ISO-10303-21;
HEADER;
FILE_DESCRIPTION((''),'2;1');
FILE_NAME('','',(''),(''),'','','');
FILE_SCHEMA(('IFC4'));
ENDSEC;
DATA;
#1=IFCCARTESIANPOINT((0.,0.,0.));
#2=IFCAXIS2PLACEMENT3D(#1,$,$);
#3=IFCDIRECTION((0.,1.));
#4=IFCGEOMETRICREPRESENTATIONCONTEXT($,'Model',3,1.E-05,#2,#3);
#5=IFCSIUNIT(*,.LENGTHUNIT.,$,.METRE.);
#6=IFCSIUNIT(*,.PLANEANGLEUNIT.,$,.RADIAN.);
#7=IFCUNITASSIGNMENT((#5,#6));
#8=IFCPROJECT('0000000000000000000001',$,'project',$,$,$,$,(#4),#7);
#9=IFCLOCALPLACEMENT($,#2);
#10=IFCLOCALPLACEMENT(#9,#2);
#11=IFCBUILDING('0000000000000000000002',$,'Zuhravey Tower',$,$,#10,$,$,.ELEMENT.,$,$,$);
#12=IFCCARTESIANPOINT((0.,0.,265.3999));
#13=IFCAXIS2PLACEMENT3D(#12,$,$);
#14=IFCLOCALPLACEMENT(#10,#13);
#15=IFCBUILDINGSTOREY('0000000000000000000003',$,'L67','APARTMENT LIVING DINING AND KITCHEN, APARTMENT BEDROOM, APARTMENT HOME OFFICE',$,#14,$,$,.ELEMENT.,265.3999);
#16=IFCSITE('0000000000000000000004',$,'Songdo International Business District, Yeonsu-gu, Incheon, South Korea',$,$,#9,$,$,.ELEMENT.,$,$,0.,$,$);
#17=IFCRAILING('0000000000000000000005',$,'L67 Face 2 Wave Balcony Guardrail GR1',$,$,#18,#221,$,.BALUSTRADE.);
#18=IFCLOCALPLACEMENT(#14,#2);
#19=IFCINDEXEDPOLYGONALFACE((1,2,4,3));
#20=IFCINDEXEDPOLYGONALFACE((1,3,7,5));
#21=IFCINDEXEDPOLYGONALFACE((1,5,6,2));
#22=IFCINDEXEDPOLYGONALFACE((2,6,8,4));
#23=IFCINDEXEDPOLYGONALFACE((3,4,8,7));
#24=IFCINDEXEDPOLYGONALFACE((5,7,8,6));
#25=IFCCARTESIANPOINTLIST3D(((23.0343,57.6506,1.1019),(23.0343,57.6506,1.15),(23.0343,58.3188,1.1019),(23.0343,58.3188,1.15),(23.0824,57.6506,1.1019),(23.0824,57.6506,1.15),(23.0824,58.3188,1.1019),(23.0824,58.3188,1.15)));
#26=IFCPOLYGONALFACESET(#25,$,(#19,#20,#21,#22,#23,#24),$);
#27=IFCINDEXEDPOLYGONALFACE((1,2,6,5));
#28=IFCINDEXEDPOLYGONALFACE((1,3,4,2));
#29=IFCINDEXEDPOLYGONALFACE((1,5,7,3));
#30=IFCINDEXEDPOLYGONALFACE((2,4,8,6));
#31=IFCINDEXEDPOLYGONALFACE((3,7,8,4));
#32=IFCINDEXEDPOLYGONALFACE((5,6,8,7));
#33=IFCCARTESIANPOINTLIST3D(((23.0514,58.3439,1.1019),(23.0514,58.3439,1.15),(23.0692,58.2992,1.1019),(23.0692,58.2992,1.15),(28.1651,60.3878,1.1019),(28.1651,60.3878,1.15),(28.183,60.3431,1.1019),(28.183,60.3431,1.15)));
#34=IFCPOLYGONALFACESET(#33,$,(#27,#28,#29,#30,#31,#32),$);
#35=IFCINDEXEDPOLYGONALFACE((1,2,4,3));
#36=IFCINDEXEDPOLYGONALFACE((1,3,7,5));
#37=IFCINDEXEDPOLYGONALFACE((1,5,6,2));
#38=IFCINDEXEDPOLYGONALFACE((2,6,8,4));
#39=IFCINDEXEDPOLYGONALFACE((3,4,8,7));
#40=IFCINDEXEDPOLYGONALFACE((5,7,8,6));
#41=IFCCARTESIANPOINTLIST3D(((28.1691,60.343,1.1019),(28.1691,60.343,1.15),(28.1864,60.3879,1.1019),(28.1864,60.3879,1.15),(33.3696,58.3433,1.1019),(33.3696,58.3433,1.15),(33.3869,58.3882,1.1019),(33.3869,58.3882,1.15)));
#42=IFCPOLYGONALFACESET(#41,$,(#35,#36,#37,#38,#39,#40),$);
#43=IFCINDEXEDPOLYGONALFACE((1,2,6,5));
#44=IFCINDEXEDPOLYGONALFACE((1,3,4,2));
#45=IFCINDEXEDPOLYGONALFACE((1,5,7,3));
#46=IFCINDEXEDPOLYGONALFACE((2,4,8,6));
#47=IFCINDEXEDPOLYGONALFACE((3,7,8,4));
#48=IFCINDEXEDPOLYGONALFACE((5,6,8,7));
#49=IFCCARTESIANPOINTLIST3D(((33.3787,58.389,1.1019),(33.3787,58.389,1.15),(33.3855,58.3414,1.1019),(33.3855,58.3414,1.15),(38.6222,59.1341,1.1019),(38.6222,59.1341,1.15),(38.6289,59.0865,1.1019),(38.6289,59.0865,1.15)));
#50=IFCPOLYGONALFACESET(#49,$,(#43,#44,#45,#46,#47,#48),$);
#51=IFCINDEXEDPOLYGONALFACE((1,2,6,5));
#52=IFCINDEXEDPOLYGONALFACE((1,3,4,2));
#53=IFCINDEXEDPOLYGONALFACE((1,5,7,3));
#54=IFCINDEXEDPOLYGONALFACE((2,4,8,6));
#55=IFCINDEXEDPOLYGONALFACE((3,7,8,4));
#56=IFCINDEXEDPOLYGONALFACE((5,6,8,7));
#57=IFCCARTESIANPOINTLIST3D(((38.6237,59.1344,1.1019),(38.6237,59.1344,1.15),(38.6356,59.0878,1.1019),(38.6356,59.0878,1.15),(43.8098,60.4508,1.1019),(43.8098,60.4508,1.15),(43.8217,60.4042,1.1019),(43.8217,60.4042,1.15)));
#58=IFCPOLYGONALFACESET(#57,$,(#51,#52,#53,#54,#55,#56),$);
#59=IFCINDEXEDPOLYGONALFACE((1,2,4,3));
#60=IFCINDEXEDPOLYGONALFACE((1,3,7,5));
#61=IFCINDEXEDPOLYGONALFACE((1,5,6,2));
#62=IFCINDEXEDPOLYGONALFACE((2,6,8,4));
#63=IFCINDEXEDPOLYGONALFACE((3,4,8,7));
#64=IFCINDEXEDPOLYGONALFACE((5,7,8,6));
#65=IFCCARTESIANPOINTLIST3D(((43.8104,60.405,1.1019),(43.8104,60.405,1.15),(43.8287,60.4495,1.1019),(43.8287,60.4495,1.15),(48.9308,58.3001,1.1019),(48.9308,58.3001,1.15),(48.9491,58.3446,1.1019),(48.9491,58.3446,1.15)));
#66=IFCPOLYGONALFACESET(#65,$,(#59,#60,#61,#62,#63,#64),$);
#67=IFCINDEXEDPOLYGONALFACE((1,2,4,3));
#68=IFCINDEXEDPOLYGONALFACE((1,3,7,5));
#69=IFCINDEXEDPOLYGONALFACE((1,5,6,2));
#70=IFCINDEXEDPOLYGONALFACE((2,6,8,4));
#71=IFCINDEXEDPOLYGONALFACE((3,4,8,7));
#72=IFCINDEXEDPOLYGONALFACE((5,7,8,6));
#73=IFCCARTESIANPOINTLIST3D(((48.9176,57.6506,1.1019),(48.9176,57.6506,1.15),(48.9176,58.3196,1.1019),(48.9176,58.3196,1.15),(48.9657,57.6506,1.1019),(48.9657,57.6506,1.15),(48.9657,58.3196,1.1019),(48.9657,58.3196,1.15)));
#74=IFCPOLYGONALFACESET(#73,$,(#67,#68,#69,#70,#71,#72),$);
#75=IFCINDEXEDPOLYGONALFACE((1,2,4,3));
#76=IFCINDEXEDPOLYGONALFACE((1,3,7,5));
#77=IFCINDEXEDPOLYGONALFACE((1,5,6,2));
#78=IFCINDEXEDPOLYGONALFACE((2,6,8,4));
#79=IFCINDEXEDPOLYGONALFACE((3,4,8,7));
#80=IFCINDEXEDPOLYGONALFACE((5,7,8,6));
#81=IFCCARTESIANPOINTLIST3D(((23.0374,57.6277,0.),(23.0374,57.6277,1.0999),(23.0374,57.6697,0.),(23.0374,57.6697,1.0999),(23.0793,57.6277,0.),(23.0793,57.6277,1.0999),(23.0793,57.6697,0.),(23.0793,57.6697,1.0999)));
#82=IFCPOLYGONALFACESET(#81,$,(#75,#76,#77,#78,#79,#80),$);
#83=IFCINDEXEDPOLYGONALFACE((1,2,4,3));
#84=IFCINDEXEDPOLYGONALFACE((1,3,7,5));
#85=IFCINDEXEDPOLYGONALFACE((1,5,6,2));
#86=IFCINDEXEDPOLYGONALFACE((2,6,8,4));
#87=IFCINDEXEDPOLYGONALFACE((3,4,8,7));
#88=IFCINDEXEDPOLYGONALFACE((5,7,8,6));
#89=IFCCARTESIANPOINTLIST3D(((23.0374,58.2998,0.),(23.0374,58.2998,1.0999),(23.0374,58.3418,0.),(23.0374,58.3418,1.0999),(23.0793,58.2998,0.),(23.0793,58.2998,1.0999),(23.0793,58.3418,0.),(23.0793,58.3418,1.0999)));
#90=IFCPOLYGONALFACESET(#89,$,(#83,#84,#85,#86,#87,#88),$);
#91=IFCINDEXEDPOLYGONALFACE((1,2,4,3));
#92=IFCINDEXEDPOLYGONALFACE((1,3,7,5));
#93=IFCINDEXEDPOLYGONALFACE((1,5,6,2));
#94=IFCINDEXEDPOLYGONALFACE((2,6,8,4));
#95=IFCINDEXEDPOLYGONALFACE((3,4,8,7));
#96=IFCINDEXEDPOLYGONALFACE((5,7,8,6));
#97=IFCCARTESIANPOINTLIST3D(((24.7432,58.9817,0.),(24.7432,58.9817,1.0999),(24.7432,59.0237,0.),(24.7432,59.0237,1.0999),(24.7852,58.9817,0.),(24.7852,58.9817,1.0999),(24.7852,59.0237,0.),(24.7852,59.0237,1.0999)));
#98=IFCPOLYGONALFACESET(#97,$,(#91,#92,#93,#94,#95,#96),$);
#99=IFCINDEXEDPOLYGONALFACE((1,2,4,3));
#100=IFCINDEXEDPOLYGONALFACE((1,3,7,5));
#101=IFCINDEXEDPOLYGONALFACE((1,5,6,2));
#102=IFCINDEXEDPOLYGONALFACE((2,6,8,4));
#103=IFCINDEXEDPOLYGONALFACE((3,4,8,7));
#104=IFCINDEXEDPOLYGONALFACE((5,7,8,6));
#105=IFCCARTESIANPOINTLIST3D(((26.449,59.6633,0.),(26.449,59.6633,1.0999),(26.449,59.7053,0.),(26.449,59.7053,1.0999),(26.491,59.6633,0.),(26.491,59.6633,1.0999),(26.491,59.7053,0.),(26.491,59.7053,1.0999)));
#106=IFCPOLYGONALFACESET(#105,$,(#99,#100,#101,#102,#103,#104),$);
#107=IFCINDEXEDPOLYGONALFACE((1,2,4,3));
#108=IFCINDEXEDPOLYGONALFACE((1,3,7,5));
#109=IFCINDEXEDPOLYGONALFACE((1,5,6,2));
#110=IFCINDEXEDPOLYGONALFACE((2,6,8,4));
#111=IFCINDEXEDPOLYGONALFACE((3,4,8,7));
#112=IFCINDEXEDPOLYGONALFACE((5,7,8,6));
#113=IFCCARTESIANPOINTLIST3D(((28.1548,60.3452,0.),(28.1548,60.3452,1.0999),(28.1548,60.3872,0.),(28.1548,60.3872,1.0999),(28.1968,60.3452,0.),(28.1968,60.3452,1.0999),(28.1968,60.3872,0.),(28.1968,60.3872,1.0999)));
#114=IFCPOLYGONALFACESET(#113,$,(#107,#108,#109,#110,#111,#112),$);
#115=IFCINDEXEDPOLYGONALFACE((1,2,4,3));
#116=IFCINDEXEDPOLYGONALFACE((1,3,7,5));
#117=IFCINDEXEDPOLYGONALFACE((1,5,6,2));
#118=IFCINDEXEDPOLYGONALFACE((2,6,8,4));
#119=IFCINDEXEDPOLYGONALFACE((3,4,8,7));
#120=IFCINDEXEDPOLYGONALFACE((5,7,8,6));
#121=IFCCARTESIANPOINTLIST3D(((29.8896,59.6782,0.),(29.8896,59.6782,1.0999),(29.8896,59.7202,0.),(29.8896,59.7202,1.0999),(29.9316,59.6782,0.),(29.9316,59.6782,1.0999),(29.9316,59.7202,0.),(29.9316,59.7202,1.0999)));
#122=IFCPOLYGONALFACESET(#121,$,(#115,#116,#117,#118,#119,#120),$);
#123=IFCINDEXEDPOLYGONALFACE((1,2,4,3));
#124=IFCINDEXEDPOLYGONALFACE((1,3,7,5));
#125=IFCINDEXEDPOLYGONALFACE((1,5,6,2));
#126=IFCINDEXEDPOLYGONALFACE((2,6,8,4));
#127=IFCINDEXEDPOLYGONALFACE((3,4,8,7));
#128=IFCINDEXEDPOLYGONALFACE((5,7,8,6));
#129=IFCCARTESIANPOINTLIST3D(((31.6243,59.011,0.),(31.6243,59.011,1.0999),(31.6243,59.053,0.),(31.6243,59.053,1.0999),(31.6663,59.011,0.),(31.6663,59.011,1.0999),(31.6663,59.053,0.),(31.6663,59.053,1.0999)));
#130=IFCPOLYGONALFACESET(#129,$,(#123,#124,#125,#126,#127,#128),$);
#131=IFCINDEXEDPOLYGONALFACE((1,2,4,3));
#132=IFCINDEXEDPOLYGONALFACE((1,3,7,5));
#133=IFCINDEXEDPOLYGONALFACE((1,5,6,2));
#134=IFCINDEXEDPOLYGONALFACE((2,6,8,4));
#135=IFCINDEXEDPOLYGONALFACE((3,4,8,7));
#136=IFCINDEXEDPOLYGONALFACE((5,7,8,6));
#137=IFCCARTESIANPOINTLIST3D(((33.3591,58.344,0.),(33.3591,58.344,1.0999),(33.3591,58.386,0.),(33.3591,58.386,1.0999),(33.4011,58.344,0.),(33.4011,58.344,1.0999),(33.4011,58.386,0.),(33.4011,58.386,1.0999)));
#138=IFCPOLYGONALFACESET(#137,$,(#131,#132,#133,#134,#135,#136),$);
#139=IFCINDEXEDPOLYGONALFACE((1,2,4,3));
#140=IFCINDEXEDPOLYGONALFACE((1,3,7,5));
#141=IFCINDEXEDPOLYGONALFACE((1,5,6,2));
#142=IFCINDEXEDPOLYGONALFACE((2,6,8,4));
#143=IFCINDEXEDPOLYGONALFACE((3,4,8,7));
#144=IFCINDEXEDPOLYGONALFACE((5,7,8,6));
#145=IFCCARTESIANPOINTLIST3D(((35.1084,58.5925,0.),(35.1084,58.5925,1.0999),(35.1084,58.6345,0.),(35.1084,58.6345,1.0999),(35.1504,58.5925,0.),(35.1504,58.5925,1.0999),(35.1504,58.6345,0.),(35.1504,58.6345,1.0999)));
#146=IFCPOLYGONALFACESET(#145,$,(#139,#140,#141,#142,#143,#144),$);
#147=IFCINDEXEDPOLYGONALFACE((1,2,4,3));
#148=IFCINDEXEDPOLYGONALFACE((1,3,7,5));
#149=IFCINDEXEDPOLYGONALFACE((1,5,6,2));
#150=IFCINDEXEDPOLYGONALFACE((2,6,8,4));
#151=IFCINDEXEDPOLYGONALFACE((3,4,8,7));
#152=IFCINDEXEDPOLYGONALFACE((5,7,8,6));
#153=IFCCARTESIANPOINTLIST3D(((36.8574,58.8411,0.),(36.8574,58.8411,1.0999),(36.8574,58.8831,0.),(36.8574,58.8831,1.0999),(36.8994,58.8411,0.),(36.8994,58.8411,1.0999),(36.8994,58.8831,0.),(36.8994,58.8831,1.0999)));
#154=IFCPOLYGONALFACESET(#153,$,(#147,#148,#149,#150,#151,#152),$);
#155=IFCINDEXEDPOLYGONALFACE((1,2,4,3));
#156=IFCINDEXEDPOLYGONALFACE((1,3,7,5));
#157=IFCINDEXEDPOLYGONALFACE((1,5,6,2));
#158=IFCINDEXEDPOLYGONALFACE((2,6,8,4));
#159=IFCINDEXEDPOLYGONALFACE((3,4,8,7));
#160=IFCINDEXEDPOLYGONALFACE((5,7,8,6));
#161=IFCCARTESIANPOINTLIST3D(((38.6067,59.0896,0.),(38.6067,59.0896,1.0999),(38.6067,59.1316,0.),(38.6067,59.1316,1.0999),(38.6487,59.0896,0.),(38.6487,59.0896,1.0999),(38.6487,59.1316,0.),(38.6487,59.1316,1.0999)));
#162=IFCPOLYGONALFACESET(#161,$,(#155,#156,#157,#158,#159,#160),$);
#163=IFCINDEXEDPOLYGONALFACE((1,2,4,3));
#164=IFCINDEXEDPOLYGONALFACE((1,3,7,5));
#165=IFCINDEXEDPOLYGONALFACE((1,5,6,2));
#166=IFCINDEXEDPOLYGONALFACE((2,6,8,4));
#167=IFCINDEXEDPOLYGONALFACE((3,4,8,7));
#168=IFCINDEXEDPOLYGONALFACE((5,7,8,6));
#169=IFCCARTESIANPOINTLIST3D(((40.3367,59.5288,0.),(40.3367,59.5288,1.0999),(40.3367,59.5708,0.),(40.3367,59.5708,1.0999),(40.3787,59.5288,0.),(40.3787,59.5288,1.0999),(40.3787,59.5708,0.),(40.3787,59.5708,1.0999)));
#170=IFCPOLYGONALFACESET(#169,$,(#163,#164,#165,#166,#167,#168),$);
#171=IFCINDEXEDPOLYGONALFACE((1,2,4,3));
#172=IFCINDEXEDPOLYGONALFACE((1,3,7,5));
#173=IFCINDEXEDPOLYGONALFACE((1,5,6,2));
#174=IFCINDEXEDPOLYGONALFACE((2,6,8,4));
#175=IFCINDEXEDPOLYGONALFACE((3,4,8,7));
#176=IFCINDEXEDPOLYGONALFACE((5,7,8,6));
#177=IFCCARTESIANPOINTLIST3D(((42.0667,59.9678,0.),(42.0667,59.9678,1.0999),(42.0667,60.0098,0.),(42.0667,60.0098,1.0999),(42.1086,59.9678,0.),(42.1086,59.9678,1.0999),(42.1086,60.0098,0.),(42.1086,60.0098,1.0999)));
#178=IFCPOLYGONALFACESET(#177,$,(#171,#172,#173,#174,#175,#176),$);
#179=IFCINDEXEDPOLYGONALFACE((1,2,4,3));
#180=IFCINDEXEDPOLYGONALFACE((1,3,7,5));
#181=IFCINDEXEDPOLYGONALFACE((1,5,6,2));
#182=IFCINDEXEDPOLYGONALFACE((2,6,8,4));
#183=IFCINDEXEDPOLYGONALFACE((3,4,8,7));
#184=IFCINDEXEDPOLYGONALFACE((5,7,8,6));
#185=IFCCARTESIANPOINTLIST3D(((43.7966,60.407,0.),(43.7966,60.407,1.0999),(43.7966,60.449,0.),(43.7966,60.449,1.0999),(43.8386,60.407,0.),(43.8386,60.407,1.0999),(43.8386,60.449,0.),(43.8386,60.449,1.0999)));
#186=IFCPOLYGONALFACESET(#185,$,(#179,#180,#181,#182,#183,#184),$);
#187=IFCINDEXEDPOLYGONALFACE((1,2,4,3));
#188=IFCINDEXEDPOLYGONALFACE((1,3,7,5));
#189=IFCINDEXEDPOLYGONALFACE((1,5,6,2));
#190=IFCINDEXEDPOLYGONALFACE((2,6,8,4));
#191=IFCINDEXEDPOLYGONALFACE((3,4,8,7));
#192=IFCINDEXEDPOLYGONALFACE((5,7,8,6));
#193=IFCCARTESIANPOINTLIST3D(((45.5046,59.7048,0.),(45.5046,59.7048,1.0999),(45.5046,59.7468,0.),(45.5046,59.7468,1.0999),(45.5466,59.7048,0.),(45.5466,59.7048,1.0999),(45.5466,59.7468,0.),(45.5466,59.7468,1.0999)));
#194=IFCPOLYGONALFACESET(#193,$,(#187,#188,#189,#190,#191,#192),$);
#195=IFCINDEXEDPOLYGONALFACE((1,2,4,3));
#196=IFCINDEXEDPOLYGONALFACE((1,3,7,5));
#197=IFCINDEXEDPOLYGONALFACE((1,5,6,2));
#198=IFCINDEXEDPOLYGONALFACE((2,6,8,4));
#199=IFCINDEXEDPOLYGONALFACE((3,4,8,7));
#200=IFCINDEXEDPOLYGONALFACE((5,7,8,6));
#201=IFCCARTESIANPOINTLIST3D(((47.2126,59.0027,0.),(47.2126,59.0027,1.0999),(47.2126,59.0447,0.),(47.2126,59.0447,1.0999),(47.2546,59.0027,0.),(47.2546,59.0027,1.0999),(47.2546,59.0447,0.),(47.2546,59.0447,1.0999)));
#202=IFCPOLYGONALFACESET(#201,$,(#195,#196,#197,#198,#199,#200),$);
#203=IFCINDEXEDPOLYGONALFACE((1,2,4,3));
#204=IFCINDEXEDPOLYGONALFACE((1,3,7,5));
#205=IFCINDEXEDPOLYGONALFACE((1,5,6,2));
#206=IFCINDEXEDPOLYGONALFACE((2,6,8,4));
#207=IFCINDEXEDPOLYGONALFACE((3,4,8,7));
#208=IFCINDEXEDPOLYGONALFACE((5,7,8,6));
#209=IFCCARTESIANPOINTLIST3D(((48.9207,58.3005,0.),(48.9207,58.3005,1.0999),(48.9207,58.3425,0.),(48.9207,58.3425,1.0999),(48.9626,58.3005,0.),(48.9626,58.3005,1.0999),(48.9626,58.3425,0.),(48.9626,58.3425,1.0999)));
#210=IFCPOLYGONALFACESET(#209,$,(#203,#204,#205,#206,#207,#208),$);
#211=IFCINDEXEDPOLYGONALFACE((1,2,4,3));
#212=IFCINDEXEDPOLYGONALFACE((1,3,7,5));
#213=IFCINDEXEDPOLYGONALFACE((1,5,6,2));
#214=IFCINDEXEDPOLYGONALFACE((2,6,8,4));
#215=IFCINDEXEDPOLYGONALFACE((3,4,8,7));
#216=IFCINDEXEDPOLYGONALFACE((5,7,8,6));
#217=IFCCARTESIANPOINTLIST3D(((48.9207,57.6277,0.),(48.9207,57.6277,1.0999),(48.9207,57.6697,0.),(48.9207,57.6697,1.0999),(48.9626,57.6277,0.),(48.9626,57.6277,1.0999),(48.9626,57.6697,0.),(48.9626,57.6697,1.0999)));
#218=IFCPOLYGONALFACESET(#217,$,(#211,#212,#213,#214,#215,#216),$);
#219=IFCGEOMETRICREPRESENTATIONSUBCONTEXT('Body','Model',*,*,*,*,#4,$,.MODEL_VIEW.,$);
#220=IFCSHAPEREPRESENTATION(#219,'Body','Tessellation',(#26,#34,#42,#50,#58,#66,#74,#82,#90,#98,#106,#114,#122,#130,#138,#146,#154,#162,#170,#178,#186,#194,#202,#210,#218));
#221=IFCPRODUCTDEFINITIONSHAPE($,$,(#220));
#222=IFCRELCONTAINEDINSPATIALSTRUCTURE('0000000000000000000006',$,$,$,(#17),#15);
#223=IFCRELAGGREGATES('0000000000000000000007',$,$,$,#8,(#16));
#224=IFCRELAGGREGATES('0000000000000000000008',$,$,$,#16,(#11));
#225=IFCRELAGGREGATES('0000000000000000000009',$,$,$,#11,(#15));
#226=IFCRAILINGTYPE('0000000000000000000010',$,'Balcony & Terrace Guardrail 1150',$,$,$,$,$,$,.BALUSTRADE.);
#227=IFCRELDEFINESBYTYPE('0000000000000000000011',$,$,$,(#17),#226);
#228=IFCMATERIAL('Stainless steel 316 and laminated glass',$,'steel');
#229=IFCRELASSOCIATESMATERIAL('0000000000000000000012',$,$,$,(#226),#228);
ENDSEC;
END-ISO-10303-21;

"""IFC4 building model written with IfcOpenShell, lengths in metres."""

from ifc_helpers import new_model, si_unit, direction, frame, origin, origin_2d, place, context, subcontext, project, spatial, rectangle, extrude, material, type_object, element, save


model = new_model("IFC4")

# Units and contexts
model_context = context("Model", 3, precision=1e-05, world=origin(), true_north=direction((0.0, 1.0)))
body_context = subcontext(model_context, "Body", "Model", "MODEL_VIEW")
ifc_project = project(units=[si_unit("LENGTHUNIT", "METRE"), si_unit("PLANEANGLEUNIT", "RADIAN")], contexts=[model_context])

# Site, building, storey
site_placement = place(None, origin())
site = spatial("IfcSite", under=ifc_project, at=site_placement, Name="Songdo International Business District, Yeonsu-gu, Incheon, South Korea", CompositionType="ELEMENT", RefElevation=0.0)
building_placement = place(site_placement, origin())
building = spatial("IfcBuilding", under=site, at=building_placement, Name="Zuhravey Tower", CompositionType="ELEMENT")
storey_placement = place(building_placement, frame((0.0, 0.0, 265.3999)))
storey = spatial("IfcBuildingStorey", under=building, at=storey_placement, Name="L67", Description="APARTMENT LIVING DINING AND KITCHEN, APARTMENT BEDROOM, APARTMENT HOME OFFICE", CompositionType="ELEMENT", Elevation=265.3999)

# Railing
ifc_material_1 = material(Name="Stainless steel 316 and laminated glass", Category="steel")
railing_type = type_object("IfcRailingType", Name="Balcony & Terrace Guardrail 1150", PredefinedType="BALUSTRADE", material=ifc_material_1)
railing_placement = place(storey_placement, frame((23.0583, 57.6487, 0.0)))
element("IfcRailing", 1, at=railing_placement, inside=storey, type_object=railing_type, Name="L67 Face 2 Wave Balcony Guardrail GR1", PredefinedType="BALUSTRADE", context=body_context, shape_type="SweptSolid", body=[
    extrude(rectangle(XDim=0.0481, YDim=0.0481, at=origin_2d()), frame((0.0, 0.002, 1.126), z_axis=(0.0, 1.0, 0.0), x_axis=(-1.0, 0.0, 0.0)), (0.0, 0.0, 1.0), 0.6682),
    extrude(rectangle(XDim=0.0481, YDim=0.0481, at=origin_2d()), frame((0.002, 0.6729, 1.126), z_axis=(0.928574, 0.371146, 0.0), x_axis=(-0.371146, 0.928574, 0.0)), (0.0, 0.0, 1.0), 5.5071),
    extrude(rectangle(XDim=0.0481, YDim=0.0481, at=origin_2d()), frame((5.1194, 2.7168, 1.126), z_axis=(0.933373, -0.358909, 0.0), x_axis=(0.358909, 0.933373, 0.0)), (0.0, 0.0, 1.0), 5.5718),
    extrude(rectangle(XDim=0.0481, YDim=0.0481, at=origin_2d()), frame((10.3237, 0.7166, 1.126), z_axis=(0.990056, 0.140673, 0.0), x_axis=(-0.140673, 0.990056, 0.0)), (0.0, 0.0, 1.0), 5.2961),
    extrude(rectangle(XDim=0.0481, YDim=0.0481, at=origin_2d()), frame((15.5713, 1.4624, 1.126), z_axis=(0.969262, 0.246031, 0.0), x_axis=(-0.246031, 0.969262, 0.0)), (0.0, 0.0, 1.0), 5.3506),
    extrude(rectangle(XDim=0.0481, YDim=0.0481, at=origin_2d()), frame((20.7612, 2.7786, 1.126), z_axis=(0.924897, -0.380218, 0.0), x_axis=(0.380218, 0.924897, 0.0)), (0.0, 0.0, 1.0), 5.5361),
    extrude(rectangle(XDim=0.0481, YDim=0.0481, at=origin_2d()), frame((25.8833, 0.6709, 1.126), z_axis=(0.0, -1.0, 0.0), x_axis=(1.0, 0.0, 0.0)), (0.0, 0.0, 1.0), 0.6689),
    extrude(rectangle(XDim=0.042, YDim=0.042, at=origin_2d()), origin(), (0.0, 0.0, 1.0), 1.0999),
    extrude(rectangle(XDim=0.042, YDim=0.042, at=origin_2d()), frame((0.0, 0.6721, 0.0)), (0.0, 0.0, 1.0), 1.0999),
    extrude(rectangle(XDim=0.042, YDim=0.042, at=origin_2d()), frame((1.7058, 1.354, 0.0)), (0.0, 0.0, 1.0), 1.0999),
    extrude(rectangle(XDim=0.042, YDim=0.042, at=origin_2d()), frame((3.4116, 2.0356, 0.0)), (0.0, 0.0, 1.0), 1.0999),
    extrude(rectangle(XDim=0.042, YDim=0.042, at=origin_2d()), frame((5.1174, 2.7175, 0.0)), (0.0, 0.0, 1.0), 1.0999),
    extrude(rectangle(XDim=0.042, YDim=0.042, at=origin_2d()), frame((6.8523, 2.0505, 0.0)), (0.0, 0.0, 1.0), 1.0999),
    extrude(rectangle(XDim=0.042, YDim=0.042, at=origin_2d()), frame((8.5869, 1.3833, 0.0)), (0.0, 0.0, 1.0), 1.0999),
    extrude(rectangle(XDim=0.042, YDim=0.042, at=origin_2d()), frame((10.3218, 0.7163, 0.0)), (0.0, 0.0, 1.0), 1.0999),
    extrude(rectangle(XDim=0.042, YDim=0.042, at=origin_2d()), frame((12.071, 0.9648, 0.0)), (0.0, 0.0, 1.0), 1.0999),
    extrude(rectangle(XDim=0.042, YDim=0.042, at=origin_2d()), frame((13.8201, 1.2134, 0.0)), (0.0, 0.0, 1.0), 1.0999),
    extrude(rectangle(XDim=0.042, YDim=0.042, at=origin_2d()), frame((15.5693, 1.4619, 0.0)), (0.0, 0.0, 1.0), 1.0999),
    extrude(rectangle(XDim=0.042, YDim=0.042, at=origin_2d()), frame((17.2993, 1.9011, 0.0)), (0.0, 0.0, 1.0), 1.0999),
    extrude(rectangle(XDim=0.042, YDim=0.042, at=origin_2d()), frame((19.0293, 2.3401, 0.0)), (0.0, 0.0, 1.0), 1.0999),
    extrude(rectangle(XDim=0.042, YDim=0.042, at=origin_2d()), frame((20.7593, 2.7793, 0.0)), (0.0, 0.0, 1.0), 1.0999),
    extrude(rectangle(XDim=0.042, YDim=0.042, at=origin_2d()), frame((22.4673, 2.0771, 0.0)), (0.0, 0.0, 1.0), 1.0999),
    extrude(rectangle(XDim=0.042, YDim=0.042, at=origin_2d()), frame((24.1753, 1.375, 0.0)), (0.0, 0.0, 1.0), 1.0999),
    extrude(rectangle(XDim=0.042, YDim=0.042, at=origin_2d()), frame((25.8833, 0.6729, 0.0)), (0.0, 0.0, 1.0), 1.0999),
    extrude(rectangle(XDim=0.042, YDim=0.042, at=origin_2d()), frame((25.8833, 0.0, 0.0)), (0.0, 0.0, 1.0), 1.0999),
])

save(model, "model.ifc")
